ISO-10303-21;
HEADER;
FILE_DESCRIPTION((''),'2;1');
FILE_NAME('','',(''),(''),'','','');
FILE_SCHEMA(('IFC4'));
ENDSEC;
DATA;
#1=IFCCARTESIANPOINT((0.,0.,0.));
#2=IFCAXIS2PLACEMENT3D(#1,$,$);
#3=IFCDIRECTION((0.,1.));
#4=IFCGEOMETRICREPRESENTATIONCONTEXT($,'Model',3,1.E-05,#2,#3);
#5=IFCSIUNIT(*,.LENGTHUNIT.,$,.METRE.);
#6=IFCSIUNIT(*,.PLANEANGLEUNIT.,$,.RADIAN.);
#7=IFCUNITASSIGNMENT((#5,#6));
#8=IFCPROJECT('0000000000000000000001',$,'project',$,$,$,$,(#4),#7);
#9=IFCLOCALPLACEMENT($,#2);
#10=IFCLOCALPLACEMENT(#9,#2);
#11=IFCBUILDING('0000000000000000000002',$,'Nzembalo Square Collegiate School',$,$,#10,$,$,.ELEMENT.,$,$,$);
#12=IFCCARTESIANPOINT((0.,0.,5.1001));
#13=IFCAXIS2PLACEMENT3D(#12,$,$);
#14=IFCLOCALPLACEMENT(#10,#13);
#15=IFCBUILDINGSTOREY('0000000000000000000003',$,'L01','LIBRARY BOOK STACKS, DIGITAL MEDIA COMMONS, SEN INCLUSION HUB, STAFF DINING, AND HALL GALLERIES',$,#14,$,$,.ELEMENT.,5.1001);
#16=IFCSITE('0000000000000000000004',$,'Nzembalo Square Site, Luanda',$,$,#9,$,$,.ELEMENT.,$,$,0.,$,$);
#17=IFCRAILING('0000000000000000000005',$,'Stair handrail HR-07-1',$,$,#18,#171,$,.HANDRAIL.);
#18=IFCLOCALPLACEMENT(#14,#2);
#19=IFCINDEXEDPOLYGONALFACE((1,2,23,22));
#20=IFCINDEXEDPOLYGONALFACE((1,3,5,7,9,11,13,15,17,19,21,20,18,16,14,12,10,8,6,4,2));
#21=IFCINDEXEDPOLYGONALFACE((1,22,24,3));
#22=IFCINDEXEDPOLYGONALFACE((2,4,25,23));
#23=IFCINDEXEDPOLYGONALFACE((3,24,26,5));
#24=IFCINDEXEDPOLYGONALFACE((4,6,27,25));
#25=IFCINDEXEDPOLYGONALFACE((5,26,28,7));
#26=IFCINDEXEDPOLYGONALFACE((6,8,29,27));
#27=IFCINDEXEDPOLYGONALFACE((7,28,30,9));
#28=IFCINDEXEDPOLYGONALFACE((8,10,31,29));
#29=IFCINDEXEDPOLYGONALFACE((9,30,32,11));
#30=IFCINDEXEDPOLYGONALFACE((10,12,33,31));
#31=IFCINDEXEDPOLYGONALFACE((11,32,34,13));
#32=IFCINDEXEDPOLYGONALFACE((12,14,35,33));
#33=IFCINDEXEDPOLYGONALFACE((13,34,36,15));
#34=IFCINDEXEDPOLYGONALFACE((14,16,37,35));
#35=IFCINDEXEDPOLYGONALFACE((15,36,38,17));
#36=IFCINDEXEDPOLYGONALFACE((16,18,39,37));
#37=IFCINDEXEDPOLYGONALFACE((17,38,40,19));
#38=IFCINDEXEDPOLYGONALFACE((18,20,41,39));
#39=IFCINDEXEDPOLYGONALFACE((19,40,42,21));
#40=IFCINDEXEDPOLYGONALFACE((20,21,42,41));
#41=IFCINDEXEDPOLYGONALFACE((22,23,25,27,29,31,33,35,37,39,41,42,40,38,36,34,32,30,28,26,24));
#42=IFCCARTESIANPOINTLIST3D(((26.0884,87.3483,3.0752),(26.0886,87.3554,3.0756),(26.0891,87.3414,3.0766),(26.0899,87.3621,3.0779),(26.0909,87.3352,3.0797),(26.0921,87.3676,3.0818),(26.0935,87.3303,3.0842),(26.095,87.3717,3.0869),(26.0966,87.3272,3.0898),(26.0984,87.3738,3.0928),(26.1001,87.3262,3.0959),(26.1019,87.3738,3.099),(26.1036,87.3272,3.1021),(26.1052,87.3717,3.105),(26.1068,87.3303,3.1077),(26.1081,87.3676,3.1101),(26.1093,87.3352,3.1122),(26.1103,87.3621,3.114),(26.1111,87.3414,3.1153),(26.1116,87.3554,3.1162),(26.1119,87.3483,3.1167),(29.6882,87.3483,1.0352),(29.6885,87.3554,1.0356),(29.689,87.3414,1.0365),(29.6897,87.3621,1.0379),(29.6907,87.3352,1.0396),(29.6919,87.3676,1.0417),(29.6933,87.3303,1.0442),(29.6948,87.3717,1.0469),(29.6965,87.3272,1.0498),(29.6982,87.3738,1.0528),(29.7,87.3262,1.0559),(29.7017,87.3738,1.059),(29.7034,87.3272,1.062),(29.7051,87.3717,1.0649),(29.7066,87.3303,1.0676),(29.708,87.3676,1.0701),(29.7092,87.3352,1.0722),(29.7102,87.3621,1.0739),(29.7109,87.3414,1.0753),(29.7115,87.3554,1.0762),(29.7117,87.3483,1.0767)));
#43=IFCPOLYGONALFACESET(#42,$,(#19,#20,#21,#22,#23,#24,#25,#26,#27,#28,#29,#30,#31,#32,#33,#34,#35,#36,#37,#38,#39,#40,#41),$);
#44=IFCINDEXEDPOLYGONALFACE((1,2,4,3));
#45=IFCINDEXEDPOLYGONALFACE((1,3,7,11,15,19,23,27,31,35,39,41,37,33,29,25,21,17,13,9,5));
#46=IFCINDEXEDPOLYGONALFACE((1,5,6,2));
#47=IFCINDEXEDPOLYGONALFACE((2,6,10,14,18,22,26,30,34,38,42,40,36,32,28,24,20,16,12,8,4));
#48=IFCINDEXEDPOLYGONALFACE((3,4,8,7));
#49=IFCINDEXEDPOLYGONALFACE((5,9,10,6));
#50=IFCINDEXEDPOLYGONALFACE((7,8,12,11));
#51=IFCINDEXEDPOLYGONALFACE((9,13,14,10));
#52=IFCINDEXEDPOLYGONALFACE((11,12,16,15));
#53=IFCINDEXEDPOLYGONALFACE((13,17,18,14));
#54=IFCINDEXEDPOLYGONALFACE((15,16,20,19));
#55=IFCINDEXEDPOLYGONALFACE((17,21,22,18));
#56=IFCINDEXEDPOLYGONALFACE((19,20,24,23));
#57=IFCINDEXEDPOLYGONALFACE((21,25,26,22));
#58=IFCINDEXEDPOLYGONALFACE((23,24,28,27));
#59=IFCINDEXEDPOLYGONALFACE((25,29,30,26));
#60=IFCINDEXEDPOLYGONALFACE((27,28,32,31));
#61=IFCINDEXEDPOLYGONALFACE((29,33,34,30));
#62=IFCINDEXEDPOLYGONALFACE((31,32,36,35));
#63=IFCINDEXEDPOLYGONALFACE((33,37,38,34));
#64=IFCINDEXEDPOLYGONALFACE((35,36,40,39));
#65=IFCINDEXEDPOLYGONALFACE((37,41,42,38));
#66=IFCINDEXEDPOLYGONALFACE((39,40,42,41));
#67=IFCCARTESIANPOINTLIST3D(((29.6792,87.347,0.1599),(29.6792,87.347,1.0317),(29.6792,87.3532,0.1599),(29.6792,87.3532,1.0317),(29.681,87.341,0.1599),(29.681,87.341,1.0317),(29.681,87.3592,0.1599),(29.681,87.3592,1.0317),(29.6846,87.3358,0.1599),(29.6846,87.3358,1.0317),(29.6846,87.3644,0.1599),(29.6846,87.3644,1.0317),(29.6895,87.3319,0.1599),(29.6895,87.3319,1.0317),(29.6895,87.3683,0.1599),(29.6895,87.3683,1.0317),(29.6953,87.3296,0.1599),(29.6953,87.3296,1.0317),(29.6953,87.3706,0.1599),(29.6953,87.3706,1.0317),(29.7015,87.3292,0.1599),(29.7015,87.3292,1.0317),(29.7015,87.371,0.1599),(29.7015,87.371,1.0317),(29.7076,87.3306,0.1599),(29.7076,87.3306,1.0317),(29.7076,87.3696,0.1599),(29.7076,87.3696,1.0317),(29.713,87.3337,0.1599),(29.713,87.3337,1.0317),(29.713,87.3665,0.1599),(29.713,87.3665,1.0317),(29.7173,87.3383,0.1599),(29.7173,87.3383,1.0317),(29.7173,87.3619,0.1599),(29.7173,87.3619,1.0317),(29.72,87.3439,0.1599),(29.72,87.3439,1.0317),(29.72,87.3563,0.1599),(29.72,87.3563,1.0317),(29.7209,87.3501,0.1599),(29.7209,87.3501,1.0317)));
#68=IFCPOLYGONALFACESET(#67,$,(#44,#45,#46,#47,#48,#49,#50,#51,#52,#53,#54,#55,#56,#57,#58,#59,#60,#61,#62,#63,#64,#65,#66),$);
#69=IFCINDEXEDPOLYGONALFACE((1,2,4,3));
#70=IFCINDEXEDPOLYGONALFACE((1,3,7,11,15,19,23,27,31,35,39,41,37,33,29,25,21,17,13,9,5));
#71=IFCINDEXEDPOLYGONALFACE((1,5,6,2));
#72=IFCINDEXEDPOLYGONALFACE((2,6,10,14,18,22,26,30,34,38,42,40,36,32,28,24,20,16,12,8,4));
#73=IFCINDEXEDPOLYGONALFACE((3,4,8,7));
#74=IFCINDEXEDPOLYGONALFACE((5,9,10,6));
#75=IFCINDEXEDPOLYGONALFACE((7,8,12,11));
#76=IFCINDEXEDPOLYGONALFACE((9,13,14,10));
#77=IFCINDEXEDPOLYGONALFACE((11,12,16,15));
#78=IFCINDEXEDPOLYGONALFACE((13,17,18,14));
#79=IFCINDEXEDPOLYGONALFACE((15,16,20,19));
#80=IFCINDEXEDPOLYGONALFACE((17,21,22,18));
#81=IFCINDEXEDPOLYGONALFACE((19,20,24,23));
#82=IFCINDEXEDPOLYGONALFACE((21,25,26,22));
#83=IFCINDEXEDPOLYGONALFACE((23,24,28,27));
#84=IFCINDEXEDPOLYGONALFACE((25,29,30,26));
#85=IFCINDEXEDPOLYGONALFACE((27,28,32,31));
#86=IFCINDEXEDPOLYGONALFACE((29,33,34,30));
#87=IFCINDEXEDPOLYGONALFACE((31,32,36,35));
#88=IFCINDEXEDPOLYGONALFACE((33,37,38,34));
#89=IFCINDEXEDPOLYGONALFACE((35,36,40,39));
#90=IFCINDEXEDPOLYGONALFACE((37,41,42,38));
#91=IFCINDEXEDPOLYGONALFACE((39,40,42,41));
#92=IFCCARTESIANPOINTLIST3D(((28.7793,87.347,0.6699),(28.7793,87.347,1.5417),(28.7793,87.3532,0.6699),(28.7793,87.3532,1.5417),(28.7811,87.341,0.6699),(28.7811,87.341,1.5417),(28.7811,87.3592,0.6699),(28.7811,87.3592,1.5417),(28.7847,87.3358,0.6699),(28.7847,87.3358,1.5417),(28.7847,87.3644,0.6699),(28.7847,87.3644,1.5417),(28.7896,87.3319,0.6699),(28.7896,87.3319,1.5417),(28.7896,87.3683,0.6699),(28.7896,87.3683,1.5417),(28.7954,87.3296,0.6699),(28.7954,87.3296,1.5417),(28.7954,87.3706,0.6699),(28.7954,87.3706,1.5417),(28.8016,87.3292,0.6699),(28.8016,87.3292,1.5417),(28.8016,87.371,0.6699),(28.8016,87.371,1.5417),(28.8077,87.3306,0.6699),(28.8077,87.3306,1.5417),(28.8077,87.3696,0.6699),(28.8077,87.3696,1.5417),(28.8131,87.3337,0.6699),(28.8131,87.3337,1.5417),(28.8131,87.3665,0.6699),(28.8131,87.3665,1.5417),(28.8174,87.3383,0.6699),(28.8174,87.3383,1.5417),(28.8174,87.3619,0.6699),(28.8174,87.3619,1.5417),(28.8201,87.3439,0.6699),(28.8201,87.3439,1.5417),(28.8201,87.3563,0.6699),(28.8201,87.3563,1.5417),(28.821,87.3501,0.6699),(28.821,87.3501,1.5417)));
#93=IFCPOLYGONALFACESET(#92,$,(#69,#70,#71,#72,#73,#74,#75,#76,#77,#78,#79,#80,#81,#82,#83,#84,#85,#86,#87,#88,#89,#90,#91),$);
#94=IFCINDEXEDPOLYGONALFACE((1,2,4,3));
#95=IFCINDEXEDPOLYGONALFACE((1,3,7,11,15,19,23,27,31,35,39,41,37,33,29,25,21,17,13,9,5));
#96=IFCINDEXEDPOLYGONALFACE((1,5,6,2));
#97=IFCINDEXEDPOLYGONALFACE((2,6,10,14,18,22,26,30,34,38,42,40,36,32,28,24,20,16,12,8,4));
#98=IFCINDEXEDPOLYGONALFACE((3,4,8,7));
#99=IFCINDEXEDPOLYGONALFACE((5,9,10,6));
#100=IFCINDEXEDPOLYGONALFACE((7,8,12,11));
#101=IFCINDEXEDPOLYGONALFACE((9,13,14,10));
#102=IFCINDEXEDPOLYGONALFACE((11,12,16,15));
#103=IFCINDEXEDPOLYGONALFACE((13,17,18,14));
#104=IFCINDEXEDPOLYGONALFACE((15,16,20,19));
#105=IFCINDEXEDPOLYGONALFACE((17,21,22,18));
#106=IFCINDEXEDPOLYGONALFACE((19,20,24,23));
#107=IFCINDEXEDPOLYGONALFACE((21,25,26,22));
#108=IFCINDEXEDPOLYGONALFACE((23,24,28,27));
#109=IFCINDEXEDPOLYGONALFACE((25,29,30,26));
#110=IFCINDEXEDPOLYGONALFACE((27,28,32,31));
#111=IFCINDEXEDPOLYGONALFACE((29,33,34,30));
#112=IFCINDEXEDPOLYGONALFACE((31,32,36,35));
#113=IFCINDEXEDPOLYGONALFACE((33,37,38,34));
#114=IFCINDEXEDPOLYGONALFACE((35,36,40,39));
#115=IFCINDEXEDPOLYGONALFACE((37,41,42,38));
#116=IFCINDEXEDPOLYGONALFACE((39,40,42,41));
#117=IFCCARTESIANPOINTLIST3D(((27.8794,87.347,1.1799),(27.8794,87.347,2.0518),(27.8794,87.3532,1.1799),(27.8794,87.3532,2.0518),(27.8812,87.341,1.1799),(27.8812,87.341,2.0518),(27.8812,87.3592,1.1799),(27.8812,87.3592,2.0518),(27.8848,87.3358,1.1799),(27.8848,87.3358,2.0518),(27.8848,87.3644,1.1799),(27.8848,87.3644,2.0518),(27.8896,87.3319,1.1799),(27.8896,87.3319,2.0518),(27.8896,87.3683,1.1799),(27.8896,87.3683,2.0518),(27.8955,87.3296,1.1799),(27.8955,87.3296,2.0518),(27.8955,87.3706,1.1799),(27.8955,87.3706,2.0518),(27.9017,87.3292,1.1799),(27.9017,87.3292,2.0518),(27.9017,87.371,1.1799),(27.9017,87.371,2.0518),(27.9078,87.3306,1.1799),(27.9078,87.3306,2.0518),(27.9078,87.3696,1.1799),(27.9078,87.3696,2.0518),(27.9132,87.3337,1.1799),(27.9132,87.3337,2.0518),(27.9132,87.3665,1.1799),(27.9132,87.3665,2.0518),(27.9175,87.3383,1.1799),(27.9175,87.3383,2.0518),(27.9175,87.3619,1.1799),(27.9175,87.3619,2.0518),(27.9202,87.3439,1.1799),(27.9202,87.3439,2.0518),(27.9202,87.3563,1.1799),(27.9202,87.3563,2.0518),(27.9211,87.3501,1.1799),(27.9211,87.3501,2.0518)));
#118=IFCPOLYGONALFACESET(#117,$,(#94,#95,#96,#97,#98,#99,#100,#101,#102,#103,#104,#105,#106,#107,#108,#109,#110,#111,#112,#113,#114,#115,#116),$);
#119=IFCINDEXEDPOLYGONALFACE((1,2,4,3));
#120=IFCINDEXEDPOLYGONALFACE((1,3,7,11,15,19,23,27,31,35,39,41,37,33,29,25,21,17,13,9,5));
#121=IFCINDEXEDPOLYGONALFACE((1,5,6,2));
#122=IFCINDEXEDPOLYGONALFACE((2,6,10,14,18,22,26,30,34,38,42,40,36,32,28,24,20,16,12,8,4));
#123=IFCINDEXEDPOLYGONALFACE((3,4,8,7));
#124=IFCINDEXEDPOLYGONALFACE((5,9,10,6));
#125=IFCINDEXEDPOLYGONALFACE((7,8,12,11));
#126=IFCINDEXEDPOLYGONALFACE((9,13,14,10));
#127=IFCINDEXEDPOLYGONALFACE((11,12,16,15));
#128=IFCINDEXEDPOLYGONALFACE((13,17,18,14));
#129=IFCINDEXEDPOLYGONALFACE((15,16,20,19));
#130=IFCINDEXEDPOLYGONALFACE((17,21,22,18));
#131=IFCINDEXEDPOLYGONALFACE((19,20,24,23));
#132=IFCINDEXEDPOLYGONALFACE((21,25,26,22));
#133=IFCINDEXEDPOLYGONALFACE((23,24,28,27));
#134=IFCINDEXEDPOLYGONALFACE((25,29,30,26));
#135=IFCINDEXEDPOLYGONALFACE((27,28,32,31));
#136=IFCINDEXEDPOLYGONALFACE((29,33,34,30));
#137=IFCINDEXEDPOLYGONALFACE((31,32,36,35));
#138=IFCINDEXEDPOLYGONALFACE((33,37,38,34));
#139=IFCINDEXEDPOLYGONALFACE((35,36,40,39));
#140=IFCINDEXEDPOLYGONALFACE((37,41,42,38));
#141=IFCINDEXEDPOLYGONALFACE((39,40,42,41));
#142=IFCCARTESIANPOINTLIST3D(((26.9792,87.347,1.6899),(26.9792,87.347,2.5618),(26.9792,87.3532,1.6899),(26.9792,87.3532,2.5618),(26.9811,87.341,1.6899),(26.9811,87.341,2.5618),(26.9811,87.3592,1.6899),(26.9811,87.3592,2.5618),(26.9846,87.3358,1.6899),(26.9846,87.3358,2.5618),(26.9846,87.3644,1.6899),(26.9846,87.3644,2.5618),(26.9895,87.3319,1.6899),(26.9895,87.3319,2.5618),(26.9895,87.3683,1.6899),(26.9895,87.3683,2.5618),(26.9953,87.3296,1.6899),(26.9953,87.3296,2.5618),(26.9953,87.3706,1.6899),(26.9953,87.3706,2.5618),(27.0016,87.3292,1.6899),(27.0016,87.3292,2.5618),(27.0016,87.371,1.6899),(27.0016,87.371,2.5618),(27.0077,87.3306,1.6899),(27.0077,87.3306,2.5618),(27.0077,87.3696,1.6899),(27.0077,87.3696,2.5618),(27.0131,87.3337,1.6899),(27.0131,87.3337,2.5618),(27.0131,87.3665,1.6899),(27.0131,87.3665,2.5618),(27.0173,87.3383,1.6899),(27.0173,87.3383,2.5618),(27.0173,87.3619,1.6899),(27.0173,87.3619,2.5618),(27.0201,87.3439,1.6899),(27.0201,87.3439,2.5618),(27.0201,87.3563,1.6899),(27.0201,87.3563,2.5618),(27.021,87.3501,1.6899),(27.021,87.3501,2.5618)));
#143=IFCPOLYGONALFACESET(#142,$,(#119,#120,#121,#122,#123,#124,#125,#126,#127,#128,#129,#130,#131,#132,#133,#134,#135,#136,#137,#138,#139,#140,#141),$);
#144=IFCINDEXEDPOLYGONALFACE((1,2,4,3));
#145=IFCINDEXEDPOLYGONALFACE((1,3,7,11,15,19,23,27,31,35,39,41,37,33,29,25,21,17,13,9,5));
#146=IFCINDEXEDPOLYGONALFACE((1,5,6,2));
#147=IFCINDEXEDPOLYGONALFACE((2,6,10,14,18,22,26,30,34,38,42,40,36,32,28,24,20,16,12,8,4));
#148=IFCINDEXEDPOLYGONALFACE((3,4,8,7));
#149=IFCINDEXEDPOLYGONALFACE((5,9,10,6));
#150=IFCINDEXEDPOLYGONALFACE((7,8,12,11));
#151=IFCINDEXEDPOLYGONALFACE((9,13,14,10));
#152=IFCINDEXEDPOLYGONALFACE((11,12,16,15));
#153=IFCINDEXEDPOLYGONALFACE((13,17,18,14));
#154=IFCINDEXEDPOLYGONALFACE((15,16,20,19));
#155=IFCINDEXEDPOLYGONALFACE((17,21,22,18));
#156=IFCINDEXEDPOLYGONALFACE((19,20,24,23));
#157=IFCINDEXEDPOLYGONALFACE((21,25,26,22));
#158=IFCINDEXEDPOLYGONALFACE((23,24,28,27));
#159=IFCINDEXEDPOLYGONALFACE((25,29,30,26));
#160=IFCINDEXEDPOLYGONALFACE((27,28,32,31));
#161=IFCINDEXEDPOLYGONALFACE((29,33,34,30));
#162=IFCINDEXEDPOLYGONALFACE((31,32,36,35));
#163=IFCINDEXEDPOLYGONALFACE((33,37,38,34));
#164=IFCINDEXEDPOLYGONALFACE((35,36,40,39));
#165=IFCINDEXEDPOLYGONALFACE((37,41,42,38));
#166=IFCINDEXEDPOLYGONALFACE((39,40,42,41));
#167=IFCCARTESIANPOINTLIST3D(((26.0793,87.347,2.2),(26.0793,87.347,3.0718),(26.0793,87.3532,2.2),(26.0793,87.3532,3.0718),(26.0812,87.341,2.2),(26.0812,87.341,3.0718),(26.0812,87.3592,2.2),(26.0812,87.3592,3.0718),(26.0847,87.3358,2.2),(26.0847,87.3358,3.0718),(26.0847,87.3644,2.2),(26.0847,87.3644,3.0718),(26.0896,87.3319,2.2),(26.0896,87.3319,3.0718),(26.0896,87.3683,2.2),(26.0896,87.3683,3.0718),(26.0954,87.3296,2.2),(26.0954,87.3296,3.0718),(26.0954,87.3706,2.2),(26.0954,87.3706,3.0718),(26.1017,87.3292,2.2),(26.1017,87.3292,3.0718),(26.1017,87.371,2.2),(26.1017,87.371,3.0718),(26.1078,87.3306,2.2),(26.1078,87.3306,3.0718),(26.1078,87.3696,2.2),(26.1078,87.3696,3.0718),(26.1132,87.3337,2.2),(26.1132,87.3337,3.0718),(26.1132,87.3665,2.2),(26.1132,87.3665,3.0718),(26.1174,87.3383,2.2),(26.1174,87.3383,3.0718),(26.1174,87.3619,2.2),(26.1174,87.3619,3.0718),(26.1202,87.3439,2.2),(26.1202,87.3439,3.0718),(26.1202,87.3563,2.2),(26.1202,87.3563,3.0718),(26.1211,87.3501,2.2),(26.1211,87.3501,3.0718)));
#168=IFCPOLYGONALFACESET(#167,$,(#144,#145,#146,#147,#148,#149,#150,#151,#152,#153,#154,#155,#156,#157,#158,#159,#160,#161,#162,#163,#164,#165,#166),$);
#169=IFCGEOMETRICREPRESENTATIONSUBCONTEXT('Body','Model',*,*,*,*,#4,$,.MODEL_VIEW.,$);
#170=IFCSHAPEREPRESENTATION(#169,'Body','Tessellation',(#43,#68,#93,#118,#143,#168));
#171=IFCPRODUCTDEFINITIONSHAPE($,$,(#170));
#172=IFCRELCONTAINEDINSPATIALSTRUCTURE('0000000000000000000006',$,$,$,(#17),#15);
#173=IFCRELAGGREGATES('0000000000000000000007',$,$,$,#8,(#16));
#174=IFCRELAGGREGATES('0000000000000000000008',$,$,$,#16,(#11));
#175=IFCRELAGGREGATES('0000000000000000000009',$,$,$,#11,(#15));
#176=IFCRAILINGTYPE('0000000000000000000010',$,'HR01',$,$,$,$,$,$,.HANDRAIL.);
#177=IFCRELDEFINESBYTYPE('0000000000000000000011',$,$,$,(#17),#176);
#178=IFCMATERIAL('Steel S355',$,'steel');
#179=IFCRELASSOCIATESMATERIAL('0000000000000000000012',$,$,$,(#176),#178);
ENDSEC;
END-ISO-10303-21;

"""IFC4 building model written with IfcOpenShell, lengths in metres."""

from ifc_helpers import new_model, si_unit, direction, frame, origin, origin_2d, place, context, subcontext, project, spatial, circle, extrude, material, type_object, element, save


model = new_model("IFC4")

# Units and contexts
model_context = context("Model", 3, precision=1e-05, world=origin(), true_north=direction((0.0, 1.0)))
body_context = subcontext(model_context, "Body", "Model", "MODEL_VIEW")
ifc_project = project(units=[si_unit("LENGTHUNIT", "METRE"), si_unit("PLANEANGLEUNIT", "RADIAN")], contexts=[model_context])

# Site, building, storey
site_placement = place(None, origin())
site = spatial("IfcSite", under=ifc_project, at=site_placement, Name="Nzembalo Square Site, Luanda", CompositionType="ELEMENT", RefElevation=0.0)
building_placement = place(site_placement, origin())
building = spatial("IfcBuilding", under=site, at=building_placement, Name="Nzembalo Square Collegiate School", CompositionType="ELEMENT")
storey_placement = place(building_placement, frame((0.0, 0.0, 5.1001)))
storey = spatial("IfcBuildingStorey", under=building, at=storey_placement, Name="L01", Description="LIBRARY BOOK STACKS, DIGITAL MEDIA COMMONS, SEN INCLUSION HUB, STAFF DINING, AND HALL GALLERIES", CompositionType="ELEMENT", Elevation=5.1001)

# Railing
ifc_material_1 = material(Name="Steel S355", Category="steel")
railing_type_1 = type_object("IfcRailingType", Name="HR01", PredefinedType="HANDRAIL", material=ifc_material_1)
railing_1_placement = place(storey_placement, frame((29.7, 87.3501, 0.1599)))
element("IfcRailing", 1, at=railing_1_placement, inside=storey, type_object=railing_type_1, Name="Stair handrail HR-07-1", PredefinedType="HANDRAIL", context=body_context, shape_type="SweptSolid", body=[
    extrude(circle(Radius=0.0239, at=origin_2d()), frame((0.0, 0.0, 0.896), z_axis=(-0.87001, 0.0, 0.493035), x_axis=(0.0, -1.0, 0.0)), (0.0, 0.0, 1.0), 4.1377),
    extrude(circle(Radius=0.021, at=origin_2d()), origin(), (0.0, 0.0, 1.0), 0.8718),
    extrude(circle(Radius=0.021, at=origin_2d()), frame((-0.8999, 0.0, 0.51)), (0.0, 0.0, 1.0), 0.8718),
    extrude(circle(Radius=0.021, at=origin_2d()), frame((-1.7998, 0.0, 1.02)), (0.0, 0.0, 1.0), 0.8718),
    extrude(circle(Radius=0.021, at=origin_2d()), frame((-2.7, 0.0, 1.53)), (0.0, 0.0, 1.0), 0.8718),
    extrude(circle(Radius=0.021, at=origin_2d()), frame((-3.5999, 0.0, 2.04)), (0.0, 0.0, 1.0), 0.8718),
])

save(model, "model.ifc")
